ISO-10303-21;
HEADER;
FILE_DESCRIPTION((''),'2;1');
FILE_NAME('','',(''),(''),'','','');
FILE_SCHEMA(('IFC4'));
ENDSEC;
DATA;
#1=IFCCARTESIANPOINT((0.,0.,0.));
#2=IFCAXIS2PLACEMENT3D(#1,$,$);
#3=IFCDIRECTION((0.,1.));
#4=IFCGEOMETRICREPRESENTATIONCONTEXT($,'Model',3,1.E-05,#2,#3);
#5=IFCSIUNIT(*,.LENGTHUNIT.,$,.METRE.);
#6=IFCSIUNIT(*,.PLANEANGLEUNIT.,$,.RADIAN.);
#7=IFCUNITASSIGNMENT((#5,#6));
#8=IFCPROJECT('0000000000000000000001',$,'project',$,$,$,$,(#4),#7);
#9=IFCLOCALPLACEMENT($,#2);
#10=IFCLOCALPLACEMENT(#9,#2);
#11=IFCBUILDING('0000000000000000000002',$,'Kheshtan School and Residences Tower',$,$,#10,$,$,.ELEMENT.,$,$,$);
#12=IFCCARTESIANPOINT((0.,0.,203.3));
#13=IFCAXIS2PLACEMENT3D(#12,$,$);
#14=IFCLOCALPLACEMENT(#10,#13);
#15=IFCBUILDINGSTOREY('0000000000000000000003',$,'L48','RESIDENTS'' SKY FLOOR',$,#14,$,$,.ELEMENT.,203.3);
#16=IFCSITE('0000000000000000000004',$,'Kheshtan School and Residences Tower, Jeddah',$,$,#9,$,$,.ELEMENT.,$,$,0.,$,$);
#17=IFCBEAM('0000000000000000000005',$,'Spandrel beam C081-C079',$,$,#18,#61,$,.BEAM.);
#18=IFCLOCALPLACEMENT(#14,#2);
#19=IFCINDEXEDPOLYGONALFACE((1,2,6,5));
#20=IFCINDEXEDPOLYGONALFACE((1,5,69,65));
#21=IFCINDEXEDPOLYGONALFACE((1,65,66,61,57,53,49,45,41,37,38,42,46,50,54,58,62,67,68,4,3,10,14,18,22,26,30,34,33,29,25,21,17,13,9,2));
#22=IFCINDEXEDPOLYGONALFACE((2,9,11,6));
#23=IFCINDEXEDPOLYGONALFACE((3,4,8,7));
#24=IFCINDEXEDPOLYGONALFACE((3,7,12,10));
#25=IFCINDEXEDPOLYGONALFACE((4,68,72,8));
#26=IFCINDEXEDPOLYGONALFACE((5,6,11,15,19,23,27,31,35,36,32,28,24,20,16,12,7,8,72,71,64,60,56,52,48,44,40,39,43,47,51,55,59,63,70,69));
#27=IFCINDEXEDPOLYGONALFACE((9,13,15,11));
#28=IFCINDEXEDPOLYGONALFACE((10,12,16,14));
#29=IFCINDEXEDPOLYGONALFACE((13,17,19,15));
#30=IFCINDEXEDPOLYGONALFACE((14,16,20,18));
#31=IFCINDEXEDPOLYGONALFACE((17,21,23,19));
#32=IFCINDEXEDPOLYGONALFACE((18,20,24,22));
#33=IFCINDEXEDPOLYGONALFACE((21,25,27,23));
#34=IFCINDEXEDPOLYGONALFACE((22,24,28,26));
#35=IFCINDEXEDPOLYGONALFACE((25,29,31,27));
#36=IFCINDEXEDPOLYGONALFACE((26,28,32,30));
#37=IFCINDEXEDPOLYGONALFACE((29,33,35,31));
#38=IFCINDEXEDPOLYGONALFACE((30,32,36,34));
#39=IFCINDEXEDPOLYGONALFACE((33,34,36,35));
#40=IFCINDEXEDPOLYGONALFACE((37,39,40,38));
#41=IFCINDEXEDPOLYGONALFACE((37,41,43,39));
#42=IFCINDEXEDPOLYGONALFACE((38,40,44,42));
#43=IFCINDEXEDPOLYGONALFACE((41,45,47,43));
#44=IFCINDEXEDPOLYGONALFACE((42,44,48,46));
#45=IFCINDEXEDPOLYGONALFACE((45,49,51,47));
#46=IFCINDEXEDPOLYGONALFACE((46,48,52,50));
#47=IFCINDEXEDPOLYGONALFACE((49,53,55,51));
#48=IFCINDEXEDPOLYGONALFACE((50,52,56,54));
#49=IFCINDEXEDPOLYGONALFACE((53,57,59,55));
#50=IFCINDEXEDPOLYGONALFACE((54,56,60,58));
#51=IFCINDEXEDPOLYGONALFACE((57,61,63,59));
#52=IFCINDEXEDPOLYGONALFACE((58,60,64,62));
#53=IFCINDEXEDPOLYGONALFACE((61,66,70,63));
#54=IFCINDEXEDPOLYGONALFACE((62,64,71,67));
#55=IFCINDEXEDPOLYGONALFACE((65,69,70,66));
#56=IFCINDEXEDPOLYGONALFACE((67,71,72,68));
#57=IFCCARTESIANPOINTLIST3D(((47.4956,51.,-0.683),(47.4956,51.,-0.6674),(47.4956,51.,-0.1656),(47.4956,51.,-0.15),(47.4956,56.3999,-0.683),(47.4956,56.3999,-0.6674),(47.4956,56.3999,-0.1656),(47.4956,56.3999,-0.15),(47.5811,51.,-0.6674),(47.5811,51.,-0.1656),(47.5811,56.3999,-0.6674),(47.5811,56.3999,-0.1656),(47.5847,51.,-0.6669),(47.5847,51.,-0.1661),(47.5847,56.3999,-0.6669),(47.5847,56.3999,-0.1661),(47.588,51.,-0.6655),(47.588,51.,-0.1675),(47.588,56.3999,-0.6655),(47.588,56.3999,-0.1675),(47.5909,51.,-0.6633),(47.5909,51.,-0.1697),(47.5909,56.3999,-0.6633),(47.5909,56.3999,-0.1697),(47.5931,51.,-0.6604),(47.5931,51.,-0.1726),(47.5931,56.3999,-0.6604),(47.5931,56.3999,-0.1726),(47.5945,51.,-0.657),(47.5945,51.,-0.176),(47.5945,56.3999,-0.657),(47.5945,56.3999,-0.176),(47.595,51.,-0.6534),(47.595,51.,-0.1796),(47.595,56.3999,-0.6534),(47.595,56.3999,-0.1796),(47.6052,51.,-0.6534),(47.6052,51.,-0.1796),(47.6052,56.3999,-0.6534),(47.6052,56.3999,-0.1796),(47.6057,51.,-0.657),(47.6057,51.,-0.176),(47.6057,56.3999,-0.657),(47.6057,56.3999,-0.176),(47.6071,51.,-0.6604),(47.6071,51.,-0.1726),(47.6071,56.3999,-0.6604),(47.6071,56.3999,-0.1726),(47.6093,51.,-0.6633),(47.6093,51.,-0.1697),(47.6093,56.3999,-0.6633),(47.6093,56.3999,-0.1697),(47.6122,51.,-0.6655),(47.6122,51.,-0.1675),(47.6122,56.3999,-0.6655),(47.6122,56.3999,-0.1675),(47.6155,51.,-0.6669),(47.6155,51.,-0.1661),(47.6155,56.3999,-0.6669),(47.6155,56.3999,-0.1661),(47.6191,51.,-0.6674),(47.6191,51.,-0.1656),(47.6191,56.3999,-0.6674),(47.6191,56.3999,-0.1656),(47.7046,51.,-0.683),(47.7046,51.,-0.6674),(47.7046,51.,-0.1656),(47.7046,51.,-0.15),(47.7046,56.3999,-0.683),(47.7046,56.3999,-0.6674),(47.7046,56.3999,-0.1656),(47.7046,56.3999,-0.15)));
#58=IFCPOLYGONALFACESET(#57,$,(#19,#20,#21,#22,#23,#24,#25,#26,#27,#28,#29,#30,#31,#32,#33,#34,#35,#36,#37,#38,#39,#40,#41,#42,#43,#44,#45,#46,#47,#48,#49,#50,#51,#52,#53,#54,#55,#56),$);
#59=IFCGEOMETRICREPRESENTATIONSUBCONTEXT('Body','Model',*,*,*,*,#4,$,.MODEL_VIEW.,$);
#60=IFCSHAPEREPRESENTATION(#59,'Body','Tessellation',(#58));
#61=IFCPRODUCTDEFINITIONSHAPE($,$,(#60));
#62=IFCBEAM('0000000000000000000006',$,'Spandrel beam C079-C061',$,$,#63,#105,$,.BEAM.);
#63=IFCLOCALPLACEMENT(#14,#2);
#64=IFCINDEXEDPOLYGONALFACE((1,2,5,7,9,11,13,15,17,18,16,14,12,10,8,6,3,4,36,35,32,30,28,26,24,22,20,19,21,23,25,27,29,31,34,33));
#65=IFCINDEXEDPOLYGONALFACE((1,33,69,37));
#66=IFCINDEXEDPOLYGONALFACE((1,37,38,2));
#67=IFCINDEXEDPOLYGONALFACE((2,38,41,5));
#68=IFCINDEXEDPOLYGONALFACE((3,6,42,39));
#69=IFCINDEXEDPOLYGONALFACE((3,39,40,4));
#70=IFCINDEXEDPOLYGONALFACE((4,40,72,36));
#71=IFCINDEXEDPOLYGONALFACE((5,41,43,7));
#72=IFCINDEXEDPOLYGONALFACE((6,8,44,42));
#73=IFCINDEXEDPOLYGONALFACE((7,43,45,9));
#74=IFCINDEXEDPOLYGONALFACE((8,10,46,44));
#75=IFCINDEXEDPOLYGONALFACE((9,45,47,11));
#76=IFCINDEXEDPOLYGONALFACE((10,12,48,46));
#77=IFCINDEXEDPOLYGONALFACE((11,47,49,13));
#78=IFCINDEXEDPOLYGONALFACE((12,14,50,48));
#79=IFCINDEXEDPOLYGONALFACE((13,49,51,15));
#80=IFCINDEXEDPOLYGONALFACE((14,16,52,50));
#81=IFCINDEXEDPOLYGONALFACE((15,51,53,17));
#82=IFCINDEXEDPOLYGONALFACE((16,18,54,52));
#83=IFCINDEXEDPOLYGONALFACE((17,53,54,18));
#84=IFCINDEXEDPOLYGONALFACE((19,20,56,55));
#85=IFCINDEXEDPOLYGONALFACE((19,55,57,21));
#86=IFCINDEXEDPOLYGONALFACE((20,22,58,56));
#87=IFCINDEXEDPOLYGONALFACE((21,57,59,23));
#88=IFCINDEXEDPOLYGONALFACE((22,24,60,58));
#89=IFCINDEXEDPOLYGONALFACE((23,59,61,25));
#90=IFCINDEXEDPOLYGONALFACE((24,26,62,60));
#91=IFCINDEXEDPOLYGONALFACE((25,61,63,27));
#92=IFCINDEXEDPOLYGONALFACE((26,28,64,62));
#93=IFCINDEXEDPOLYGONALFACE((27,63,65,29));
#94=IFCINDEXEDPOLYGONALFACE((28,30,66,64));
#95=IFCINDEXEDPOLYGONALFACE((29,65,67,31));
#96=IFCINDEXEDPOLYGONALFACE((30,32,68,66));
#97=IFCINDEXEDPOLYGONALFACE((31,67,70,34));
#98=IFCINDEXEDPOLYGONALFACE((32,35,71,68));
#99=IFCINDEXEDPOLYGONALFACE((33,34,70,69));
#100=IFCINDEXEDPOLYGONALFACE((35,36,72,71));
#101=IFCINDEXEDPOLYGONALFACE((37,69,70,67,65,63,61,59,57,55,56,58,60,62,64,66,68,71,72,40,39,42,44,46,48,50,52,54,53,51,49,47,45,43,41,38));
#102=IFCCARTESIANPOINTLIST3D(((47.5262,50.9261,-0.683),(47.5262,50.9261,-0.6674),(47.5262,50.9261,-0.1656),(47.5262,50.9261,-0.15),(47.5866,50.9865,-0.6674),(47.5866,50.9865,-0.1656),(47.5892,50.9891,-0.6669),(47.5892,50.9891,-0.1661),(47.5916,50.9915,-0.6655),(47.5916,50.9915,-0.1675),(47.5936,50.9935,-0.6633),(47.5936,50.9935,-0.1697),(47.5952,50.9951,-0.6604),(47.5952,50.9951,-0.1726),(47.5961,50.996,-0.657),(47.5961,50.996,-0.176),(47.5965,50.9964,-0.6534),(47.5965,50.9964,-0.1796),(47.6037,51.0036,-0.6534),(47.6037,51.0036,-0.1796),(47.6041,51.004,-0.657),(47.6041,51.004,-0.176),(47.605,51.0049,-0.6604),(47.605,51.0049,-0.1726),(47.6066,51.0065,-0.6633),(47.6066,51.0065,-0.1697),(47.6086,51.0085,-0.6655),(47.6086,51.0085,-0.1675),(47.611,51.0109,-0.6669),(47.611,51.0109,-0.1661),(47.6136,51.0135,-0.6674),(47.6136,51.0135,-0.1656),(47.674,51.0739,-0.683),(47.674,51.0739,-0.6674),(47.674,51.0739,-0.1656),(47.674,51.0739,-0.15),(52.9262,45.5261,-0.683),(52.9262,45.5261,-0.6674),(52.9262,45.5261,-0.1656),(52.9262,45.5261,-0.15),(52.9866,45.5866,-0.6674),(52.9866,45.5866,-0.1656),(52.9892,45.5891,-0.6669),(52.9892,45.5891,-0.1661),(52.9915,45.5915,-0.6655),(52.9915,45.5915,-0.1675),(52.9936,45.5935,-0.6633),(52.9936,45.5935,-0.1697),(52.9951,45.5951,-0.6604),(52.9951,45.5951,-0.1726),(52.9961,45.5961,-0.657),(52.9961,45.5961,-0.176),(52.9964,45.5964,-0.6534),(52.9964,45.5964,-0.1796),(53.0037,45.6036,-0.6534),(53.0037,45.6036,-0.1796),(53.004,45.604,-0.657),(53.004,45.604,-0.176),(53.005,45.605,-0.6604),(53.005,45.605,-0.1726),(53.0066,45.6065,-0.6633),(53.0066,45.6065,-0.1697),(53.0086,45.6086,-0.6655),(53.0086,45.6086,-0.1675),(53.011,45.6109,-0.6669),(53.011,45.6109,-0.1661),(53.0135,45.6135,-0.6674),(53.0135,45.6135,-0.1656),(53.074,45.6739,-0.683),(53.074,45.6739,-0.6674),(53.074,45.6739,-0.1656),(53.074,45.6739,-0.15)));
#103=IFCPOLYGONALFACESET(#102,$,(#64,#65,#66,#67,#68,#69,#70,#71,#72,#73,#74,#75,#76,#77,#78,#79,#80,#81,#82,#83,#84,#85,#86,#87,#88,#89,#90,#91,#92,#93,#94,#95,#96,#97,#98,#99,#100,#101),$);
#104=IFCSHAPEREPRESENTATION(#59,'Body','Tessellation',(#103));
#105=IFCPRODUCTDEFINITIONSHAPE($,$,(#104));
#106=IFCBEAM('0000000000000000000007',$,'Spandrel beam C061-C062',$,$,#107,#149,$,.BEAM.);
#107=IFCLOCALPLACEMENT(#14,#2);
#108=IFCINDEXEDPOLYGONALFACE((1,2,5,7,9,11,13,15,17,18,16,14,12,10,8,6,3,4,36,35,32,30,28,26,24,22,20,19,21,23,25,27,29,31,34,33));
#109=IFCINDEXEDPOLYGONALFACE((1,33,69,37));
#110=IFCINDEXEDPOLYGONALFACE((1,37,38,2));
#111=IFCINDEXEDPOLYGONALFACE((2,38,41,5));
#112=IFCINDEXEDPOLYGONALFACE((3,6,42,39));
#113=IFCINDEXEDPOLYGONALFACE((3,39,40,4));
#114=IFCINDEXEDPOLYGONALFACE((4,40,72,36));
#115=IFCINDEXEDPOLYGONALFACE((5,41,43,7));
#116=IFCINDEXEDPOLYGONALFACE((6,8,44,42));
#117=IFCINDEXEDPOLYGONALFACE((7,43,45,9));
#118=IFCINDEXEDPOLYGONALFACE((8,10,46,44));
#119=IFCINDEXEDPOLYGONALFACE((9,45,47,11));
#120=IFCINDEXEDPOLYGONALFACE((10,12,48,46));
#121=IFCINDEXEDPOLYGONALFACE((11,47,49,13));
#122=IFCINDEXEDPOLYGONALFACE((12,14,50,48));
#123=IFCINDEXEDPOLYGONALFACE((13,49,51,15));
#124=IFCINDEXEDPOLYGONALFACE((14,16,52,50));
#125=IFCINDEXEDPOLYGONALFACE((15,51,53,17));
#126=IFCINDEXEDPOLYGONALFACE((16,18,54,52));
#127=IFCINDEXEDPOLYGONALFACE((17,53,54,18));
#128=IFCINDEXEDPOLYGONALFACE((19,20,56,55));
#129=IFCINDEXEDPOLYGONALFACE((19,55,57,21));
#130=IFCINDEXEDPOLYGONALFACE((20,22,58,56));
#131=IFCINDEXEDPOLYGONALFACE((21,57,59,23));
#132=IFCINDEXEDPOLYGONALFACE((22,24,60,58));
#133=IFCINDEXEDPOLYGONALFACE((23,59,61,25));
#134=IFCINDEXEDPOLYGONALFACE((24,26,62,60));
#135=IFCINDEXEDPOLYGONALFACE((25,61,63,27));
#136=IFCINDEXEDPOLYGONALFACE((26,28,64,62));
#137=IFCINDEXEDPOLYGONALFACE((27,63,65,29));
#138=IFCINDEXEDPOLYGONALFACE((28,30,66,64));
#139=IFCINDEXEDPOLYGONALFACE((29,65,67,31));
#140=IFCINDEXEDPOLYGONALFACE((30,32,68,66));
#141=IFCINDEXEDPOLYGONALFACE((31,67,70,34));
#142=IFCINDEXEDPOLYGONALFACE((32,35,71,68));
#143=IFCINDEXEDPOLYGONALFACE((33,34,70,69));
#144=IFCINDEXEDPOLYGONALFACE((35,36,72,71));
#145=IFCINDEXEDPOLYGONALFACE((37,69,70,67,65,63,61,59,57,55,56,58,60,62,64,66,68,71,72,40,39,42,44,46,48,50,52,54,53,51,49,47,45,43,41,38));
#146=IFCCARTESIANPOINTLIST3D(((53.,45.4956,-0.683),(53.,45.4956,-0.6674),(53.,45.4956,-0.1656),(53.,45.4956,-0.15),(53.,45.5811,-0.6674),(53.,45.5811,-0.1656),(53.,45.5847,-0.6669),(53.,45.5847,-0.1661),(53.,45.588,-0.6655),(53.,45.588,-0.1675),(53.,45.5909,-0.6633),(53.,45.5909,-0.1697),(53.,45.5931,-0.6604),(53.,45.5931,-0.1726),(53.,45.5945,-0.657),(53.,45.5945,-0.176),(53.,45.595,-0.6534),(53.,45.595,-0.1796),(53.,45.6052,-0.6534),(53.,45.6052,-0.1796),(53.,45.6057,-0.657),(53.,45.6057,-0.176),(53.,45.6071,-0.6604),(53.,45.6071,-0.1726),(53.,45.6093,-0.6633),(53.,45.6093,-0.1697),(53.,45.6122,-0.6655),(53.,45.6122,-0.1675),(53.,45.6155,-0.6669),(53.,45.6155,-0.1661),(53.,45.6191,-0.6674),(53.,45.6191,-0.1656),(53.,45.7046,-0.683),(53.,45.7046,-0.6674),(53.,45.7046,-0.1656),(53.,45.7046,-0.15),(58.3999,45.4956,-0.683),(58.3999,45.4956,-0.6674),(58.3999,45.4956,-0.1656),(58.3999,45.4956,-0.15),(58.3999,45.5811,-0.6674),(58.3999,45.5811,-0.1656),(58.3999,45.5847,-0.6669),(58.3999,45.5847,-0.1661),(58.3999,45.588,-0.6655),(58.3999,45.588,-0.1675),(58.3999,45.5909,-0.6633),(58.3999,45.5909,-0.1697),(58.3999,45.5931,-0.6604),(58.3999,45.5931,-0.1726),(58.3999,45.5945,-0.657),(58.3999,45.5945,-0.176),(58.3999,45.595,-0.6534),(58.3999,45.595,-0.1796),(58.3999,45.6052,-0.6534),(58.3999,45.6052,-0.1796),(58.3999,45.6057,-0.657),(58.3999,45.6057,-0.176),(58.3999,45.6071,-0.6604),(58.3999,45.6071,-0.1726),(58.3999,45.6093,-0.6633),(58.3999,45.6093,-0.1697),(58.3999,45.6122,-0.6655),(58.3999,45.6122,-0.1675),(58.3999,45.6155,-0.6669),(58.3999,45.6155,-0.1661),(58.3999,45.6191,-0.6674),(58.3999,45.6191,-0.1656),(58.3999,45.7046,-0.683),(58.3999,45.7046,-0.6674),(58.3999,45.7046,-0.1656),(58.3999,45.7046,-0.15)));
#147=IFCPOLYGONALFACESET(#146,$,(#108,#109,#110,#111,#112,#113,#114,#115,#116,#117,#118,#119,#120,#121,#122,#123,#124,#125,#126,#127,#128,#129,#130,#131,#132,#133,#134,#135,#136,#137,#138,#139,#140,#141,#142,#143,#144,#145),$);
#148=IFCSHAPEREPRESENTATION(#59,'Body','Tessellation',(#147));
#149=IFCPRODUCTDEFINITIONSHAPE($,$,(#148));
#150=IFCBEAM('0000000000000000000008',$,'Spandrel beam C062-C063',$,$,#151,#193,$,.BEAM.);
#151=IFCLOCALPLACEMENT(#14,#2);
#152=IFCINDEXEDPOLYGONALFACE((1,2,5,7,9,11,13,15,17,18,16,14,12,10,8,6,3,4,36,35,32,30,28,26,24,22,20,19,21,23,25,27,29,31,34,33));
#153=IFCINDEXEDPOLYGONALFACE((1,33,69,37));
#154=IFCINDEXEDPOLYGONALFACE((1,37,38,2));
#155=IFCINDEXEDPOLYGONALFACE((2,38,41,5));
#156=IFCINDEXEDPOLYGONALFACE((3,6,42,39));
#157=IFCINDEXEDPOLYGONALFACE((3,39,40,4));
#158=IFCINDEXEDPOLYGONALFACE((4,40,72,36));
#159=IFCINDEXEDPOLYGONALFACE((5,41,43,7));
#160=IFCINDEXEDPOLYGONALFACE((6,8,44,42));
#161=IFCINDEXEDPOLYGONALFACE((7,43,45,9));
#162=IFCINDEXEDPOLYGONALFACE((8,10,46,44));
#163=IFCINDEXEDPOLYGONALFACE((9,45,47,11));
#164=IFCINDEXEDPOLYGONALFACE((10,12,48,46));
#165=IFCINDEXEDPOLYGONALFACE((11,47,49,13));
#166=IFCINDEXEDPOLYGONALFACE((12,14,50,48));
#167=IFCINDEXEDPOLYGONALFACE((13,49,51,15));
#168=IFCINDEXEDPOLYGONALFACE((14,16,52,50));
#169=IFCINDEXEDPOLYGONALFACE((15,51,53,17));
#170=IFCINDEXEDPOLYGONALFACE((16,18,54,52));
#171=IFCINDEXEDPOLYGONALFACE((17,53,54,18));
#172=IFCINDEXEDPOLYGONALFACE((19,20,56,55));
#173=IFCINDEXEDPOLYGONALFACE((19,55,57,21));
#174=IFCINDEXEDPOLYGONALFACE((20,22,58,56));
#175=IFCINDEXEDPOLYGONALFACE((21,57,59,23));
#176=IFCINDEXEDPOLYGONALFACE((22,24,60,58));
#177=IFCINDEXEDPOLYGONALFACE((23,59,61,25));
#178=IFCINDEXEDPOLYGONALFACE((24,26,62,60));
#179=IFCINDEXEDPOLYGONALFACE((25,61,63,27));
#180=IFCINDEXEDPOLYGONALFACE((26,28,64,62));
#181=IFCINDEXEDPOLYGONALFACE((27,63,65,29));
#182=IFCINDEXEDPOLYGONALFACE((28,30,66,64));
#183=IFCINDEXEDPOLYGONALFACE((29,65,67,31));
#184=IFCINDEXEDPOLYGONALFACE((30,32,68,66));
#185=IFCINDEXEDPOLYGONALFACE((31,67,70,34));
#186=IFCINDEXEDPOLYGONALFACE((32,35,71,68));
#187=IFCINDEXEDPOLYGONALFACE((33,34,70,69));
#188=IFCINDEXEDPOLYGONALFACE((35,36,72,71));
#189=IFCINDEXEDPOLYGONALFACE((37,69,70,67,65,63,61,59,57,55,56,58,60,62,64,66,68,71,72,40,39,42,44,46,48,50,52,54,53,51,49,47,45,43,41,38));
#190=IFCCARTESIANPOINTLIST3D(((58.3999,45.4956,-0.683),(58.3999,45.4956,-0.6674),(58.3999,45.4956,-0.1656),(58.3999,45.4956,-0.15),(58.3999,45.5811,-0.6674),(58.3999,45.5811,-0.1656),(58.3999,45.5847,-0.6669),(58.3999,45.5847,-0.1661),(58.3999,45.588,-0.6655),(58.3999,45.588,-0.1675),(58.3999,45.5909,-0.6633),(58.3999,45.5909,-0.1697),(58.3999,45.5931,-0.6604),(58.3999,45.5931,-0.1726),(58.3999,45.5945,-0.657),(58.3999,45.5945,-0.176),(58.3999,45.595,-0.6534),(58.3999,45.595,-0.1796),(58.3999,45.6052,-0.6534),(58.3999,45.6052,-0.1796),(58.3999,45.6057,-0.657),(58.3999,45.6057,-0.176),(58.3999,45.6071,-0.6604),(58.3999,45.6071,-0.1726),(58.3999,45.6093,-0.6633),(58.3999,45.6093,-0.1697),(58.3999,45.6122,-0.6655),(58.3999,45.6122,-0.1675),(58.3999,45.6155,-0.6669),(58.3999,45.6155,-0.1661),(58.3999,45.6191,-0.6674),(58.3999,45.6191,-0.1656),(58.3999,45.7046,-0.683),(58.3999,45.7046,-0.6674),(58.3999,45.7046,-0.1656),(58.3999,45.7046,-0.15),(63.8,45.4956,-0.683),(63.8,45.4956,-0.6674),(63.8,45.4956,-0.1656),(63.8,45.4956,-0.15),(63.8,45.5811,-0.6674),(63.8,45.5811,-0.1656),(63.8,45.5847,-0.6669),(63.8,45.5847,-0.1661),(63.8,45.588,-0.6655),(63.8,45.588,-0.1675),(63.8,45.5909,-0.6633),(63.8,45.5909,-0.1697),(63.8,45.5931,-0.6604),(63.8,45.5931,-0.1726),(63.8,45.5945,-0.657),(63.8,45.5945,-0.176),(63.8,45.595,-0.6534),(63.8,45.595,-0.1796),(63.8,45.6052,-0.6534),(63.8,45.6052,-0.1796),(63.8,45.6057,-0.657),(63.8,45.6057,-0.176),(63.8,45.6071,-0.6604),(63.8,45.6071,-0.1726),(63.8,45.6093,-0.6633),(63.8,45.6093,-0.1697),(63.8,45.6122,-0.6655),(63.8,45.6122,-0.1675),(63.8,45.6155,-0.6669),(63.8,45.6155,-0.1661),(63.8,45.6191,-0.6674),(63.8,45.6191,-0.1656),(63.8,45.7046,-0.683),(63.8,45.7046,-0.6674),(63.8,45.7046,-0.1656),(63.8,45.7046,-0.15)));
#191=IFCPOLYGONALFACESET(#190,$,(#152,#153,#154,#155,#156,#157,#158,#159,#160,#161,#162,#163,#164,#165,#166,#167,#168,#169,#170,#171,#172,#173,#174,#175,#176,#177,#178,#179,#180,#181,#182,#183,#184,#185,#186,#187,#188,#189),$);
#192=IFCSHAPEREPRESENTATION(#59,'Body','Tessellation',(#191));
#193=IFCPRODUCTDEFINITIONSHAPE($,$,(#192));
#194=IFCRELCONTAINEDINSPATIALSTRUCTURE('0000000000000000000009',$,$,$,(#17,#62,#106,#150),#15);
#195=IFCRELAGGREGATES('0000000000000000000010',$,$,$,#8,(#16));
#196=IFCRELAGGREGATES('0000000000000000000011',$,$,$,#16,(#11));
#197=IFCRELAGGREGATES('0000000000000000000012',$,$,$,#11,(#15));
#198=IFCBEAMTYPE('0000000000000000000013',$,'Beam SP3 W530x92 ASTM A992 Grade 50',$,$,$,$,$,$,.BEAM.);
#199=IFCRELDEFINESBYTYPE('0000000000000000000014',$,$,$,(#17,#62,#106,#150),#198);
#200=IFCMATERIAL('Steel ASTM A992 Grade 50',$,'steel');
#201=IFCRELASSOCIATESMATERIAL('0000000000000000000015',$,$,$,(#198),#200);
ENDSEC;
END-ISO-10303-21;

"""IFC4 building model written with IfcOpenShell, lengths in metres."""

from ifc_helpers import new_model, si_unit, direction, frame, origin, origin_2d, place, context, subcontext, project, spatial, i_section, extrude, material, material_profile, profile_set, type_object, element, save


model = new_model("IFC4")

# Units and contexts
model_context = context("Model", 3, precision=1e-05, world=origin(), true_north=direction((0.0, 1.0)))
body_context = subcontext(model_context, "Body", "Model", "MODEL_VIEW")
ifc_project = project(units=[si_unit("LENGTHUNIT", "METRE"), si_unit("PLANEANGLEUNIT", "RADIAN")], contexts=[model_context])

# Site, building, storey
site_placement = place(None, origin())
site = spatial("IfcSite", under=ifc_project, at=site_placement, Name="Kheshtan School and Residences Tower, Jeddah", CompositionType="ELEMENT", RefElevation=0.0)
building_placement = place(site_placement, origin())
building = spatial("IfcBuilding", under=site, at=building_placement, Name="Kheshtan School and Residences Tower", CompositionType="ELEMENT")
storey_placement = place(building_placement, frame((0.0, 0.0, 203.3)))
storey = spatial("IfcBuildingStorey", under=building, at=storey_placement, Name="L48", Description="RESIDENTS' SKY FLOOR", CompositionType="ELEMENT", Elevation=203.3)

# Shared definitions
ifc_material_1 = material(Name="Steel ASTM A992 Grade 50", Category="steel")

# Beams
ifc_material_profile_1 = material_profile(ifc_material_1, i_section(OverallWidth=0.209, OverallDepth=0.533, WebThickness=0.0103, FlangeThickness=0.0156, FilletRadius=0.0139, at=origin_2d()), Name="W530x92")
ifc_profile_set_1 = profile_set([ifc_material_profile_1], Name="Steel ASTM A992 Grade 50")
beam_type_1 = type_object("IfcBeamType", Name="Beam SP3 W530x92 ASTM A992 Grade 50", PredefinedType="BEAM", material=ifc_profile_set_1)
beam_1_placement = place(storey_placement, frame((47.6001, 56.3999, -0.4165), z_axis=(0.0, -1.0, 0.0), x_axis=(1.0, 0.0, 0.0)))
element("IfcBeam", 1, at=beam_1_placement, inside=storey, type_object=beam_type_1, Name="Spandrel beam C081-C079", PredefinedType="BEAM", context=body_context, shape_type="SweptSolid", body=[
    extrude(i_section(OverallWidth=0.209, OverallDepth=0.533, WebThickness=0.0103, FlangeThickness=0.0156, FilletRadius=0.0139, at=origin_2d()), origin(), (0.0, 0.0, 1.0), 5.3999),
])
beam_2_placement = place(storey_placement, frame((47.6001, 51.0, -0.4165), z_axis=(0.707107, -0.707107, 0.0), x_axis=(0.707107, 0.707107, 0.0)))
element("IfcBeam", 2, at=beam_2_placement, inside=storey, type_object=beam_type_1, Name="Spandrel beam C079-C061", PredefinedType="BEAM", context=body_context, shape_type="SweptSolid", body=[
    extrude(i_section(OverallWidth=0.209, OverallDepth=0.533, WebThickness=0.0103, FlangeThickness=0.0156, FilletRadius=0.0139, at=origin_2d()), origin(), (0.0, 0.0, 1.0), 7.6367),
])
beam_3_placement = place(storey_placement, frame((53.0, 45.6001, -0.4165), z_axis=(1.0, 0.0, 0.0), x_axis=(0.0, 1.0, 0.0)))
element("IfcBeam", 3, at=beam_3_placement, inside=storey, type_object=beam_type_1, Name="Spandrel beam C061-C062", PredefinedType="BEAM", context=body_context, shape_type="SweptSolid", body=[
    extrude(i_section(OverallWidth=0.209, OverallDepth=0.533, WebThickness=0.0103, FlangeThickness=0.0156, FilletRadius=0.0139, at=origin_2d()), origin(), (0.0, 0.0, 1.0), 5.3999),
])
beam_4_placement = place(storey_placement, frame((58.3999, 45.6001, -0.4165), z_axis=(1.0, 0.0, 0.0), x_axis=(0.0, 1.0, 0.0)))
element("IfcBeam", 4, at=beam_4_placement, inside=storey, type_object=beam_type_1, Name="Spandrel beam C062-C063", PredefinedType="BEAM", context=body_context, shape_type="SweptSolid", body=[
    extrude(i_section(OverallWidth=0.209, OverallDepth=0.533, WebThickness=0.0103, FlangeThickness=0.0156, FilletRadius=0.0139, at=origin_2d()), origin(), (0.0, 0.0, 1.0), 5.4001),
])

save(model, "model.ifc")
